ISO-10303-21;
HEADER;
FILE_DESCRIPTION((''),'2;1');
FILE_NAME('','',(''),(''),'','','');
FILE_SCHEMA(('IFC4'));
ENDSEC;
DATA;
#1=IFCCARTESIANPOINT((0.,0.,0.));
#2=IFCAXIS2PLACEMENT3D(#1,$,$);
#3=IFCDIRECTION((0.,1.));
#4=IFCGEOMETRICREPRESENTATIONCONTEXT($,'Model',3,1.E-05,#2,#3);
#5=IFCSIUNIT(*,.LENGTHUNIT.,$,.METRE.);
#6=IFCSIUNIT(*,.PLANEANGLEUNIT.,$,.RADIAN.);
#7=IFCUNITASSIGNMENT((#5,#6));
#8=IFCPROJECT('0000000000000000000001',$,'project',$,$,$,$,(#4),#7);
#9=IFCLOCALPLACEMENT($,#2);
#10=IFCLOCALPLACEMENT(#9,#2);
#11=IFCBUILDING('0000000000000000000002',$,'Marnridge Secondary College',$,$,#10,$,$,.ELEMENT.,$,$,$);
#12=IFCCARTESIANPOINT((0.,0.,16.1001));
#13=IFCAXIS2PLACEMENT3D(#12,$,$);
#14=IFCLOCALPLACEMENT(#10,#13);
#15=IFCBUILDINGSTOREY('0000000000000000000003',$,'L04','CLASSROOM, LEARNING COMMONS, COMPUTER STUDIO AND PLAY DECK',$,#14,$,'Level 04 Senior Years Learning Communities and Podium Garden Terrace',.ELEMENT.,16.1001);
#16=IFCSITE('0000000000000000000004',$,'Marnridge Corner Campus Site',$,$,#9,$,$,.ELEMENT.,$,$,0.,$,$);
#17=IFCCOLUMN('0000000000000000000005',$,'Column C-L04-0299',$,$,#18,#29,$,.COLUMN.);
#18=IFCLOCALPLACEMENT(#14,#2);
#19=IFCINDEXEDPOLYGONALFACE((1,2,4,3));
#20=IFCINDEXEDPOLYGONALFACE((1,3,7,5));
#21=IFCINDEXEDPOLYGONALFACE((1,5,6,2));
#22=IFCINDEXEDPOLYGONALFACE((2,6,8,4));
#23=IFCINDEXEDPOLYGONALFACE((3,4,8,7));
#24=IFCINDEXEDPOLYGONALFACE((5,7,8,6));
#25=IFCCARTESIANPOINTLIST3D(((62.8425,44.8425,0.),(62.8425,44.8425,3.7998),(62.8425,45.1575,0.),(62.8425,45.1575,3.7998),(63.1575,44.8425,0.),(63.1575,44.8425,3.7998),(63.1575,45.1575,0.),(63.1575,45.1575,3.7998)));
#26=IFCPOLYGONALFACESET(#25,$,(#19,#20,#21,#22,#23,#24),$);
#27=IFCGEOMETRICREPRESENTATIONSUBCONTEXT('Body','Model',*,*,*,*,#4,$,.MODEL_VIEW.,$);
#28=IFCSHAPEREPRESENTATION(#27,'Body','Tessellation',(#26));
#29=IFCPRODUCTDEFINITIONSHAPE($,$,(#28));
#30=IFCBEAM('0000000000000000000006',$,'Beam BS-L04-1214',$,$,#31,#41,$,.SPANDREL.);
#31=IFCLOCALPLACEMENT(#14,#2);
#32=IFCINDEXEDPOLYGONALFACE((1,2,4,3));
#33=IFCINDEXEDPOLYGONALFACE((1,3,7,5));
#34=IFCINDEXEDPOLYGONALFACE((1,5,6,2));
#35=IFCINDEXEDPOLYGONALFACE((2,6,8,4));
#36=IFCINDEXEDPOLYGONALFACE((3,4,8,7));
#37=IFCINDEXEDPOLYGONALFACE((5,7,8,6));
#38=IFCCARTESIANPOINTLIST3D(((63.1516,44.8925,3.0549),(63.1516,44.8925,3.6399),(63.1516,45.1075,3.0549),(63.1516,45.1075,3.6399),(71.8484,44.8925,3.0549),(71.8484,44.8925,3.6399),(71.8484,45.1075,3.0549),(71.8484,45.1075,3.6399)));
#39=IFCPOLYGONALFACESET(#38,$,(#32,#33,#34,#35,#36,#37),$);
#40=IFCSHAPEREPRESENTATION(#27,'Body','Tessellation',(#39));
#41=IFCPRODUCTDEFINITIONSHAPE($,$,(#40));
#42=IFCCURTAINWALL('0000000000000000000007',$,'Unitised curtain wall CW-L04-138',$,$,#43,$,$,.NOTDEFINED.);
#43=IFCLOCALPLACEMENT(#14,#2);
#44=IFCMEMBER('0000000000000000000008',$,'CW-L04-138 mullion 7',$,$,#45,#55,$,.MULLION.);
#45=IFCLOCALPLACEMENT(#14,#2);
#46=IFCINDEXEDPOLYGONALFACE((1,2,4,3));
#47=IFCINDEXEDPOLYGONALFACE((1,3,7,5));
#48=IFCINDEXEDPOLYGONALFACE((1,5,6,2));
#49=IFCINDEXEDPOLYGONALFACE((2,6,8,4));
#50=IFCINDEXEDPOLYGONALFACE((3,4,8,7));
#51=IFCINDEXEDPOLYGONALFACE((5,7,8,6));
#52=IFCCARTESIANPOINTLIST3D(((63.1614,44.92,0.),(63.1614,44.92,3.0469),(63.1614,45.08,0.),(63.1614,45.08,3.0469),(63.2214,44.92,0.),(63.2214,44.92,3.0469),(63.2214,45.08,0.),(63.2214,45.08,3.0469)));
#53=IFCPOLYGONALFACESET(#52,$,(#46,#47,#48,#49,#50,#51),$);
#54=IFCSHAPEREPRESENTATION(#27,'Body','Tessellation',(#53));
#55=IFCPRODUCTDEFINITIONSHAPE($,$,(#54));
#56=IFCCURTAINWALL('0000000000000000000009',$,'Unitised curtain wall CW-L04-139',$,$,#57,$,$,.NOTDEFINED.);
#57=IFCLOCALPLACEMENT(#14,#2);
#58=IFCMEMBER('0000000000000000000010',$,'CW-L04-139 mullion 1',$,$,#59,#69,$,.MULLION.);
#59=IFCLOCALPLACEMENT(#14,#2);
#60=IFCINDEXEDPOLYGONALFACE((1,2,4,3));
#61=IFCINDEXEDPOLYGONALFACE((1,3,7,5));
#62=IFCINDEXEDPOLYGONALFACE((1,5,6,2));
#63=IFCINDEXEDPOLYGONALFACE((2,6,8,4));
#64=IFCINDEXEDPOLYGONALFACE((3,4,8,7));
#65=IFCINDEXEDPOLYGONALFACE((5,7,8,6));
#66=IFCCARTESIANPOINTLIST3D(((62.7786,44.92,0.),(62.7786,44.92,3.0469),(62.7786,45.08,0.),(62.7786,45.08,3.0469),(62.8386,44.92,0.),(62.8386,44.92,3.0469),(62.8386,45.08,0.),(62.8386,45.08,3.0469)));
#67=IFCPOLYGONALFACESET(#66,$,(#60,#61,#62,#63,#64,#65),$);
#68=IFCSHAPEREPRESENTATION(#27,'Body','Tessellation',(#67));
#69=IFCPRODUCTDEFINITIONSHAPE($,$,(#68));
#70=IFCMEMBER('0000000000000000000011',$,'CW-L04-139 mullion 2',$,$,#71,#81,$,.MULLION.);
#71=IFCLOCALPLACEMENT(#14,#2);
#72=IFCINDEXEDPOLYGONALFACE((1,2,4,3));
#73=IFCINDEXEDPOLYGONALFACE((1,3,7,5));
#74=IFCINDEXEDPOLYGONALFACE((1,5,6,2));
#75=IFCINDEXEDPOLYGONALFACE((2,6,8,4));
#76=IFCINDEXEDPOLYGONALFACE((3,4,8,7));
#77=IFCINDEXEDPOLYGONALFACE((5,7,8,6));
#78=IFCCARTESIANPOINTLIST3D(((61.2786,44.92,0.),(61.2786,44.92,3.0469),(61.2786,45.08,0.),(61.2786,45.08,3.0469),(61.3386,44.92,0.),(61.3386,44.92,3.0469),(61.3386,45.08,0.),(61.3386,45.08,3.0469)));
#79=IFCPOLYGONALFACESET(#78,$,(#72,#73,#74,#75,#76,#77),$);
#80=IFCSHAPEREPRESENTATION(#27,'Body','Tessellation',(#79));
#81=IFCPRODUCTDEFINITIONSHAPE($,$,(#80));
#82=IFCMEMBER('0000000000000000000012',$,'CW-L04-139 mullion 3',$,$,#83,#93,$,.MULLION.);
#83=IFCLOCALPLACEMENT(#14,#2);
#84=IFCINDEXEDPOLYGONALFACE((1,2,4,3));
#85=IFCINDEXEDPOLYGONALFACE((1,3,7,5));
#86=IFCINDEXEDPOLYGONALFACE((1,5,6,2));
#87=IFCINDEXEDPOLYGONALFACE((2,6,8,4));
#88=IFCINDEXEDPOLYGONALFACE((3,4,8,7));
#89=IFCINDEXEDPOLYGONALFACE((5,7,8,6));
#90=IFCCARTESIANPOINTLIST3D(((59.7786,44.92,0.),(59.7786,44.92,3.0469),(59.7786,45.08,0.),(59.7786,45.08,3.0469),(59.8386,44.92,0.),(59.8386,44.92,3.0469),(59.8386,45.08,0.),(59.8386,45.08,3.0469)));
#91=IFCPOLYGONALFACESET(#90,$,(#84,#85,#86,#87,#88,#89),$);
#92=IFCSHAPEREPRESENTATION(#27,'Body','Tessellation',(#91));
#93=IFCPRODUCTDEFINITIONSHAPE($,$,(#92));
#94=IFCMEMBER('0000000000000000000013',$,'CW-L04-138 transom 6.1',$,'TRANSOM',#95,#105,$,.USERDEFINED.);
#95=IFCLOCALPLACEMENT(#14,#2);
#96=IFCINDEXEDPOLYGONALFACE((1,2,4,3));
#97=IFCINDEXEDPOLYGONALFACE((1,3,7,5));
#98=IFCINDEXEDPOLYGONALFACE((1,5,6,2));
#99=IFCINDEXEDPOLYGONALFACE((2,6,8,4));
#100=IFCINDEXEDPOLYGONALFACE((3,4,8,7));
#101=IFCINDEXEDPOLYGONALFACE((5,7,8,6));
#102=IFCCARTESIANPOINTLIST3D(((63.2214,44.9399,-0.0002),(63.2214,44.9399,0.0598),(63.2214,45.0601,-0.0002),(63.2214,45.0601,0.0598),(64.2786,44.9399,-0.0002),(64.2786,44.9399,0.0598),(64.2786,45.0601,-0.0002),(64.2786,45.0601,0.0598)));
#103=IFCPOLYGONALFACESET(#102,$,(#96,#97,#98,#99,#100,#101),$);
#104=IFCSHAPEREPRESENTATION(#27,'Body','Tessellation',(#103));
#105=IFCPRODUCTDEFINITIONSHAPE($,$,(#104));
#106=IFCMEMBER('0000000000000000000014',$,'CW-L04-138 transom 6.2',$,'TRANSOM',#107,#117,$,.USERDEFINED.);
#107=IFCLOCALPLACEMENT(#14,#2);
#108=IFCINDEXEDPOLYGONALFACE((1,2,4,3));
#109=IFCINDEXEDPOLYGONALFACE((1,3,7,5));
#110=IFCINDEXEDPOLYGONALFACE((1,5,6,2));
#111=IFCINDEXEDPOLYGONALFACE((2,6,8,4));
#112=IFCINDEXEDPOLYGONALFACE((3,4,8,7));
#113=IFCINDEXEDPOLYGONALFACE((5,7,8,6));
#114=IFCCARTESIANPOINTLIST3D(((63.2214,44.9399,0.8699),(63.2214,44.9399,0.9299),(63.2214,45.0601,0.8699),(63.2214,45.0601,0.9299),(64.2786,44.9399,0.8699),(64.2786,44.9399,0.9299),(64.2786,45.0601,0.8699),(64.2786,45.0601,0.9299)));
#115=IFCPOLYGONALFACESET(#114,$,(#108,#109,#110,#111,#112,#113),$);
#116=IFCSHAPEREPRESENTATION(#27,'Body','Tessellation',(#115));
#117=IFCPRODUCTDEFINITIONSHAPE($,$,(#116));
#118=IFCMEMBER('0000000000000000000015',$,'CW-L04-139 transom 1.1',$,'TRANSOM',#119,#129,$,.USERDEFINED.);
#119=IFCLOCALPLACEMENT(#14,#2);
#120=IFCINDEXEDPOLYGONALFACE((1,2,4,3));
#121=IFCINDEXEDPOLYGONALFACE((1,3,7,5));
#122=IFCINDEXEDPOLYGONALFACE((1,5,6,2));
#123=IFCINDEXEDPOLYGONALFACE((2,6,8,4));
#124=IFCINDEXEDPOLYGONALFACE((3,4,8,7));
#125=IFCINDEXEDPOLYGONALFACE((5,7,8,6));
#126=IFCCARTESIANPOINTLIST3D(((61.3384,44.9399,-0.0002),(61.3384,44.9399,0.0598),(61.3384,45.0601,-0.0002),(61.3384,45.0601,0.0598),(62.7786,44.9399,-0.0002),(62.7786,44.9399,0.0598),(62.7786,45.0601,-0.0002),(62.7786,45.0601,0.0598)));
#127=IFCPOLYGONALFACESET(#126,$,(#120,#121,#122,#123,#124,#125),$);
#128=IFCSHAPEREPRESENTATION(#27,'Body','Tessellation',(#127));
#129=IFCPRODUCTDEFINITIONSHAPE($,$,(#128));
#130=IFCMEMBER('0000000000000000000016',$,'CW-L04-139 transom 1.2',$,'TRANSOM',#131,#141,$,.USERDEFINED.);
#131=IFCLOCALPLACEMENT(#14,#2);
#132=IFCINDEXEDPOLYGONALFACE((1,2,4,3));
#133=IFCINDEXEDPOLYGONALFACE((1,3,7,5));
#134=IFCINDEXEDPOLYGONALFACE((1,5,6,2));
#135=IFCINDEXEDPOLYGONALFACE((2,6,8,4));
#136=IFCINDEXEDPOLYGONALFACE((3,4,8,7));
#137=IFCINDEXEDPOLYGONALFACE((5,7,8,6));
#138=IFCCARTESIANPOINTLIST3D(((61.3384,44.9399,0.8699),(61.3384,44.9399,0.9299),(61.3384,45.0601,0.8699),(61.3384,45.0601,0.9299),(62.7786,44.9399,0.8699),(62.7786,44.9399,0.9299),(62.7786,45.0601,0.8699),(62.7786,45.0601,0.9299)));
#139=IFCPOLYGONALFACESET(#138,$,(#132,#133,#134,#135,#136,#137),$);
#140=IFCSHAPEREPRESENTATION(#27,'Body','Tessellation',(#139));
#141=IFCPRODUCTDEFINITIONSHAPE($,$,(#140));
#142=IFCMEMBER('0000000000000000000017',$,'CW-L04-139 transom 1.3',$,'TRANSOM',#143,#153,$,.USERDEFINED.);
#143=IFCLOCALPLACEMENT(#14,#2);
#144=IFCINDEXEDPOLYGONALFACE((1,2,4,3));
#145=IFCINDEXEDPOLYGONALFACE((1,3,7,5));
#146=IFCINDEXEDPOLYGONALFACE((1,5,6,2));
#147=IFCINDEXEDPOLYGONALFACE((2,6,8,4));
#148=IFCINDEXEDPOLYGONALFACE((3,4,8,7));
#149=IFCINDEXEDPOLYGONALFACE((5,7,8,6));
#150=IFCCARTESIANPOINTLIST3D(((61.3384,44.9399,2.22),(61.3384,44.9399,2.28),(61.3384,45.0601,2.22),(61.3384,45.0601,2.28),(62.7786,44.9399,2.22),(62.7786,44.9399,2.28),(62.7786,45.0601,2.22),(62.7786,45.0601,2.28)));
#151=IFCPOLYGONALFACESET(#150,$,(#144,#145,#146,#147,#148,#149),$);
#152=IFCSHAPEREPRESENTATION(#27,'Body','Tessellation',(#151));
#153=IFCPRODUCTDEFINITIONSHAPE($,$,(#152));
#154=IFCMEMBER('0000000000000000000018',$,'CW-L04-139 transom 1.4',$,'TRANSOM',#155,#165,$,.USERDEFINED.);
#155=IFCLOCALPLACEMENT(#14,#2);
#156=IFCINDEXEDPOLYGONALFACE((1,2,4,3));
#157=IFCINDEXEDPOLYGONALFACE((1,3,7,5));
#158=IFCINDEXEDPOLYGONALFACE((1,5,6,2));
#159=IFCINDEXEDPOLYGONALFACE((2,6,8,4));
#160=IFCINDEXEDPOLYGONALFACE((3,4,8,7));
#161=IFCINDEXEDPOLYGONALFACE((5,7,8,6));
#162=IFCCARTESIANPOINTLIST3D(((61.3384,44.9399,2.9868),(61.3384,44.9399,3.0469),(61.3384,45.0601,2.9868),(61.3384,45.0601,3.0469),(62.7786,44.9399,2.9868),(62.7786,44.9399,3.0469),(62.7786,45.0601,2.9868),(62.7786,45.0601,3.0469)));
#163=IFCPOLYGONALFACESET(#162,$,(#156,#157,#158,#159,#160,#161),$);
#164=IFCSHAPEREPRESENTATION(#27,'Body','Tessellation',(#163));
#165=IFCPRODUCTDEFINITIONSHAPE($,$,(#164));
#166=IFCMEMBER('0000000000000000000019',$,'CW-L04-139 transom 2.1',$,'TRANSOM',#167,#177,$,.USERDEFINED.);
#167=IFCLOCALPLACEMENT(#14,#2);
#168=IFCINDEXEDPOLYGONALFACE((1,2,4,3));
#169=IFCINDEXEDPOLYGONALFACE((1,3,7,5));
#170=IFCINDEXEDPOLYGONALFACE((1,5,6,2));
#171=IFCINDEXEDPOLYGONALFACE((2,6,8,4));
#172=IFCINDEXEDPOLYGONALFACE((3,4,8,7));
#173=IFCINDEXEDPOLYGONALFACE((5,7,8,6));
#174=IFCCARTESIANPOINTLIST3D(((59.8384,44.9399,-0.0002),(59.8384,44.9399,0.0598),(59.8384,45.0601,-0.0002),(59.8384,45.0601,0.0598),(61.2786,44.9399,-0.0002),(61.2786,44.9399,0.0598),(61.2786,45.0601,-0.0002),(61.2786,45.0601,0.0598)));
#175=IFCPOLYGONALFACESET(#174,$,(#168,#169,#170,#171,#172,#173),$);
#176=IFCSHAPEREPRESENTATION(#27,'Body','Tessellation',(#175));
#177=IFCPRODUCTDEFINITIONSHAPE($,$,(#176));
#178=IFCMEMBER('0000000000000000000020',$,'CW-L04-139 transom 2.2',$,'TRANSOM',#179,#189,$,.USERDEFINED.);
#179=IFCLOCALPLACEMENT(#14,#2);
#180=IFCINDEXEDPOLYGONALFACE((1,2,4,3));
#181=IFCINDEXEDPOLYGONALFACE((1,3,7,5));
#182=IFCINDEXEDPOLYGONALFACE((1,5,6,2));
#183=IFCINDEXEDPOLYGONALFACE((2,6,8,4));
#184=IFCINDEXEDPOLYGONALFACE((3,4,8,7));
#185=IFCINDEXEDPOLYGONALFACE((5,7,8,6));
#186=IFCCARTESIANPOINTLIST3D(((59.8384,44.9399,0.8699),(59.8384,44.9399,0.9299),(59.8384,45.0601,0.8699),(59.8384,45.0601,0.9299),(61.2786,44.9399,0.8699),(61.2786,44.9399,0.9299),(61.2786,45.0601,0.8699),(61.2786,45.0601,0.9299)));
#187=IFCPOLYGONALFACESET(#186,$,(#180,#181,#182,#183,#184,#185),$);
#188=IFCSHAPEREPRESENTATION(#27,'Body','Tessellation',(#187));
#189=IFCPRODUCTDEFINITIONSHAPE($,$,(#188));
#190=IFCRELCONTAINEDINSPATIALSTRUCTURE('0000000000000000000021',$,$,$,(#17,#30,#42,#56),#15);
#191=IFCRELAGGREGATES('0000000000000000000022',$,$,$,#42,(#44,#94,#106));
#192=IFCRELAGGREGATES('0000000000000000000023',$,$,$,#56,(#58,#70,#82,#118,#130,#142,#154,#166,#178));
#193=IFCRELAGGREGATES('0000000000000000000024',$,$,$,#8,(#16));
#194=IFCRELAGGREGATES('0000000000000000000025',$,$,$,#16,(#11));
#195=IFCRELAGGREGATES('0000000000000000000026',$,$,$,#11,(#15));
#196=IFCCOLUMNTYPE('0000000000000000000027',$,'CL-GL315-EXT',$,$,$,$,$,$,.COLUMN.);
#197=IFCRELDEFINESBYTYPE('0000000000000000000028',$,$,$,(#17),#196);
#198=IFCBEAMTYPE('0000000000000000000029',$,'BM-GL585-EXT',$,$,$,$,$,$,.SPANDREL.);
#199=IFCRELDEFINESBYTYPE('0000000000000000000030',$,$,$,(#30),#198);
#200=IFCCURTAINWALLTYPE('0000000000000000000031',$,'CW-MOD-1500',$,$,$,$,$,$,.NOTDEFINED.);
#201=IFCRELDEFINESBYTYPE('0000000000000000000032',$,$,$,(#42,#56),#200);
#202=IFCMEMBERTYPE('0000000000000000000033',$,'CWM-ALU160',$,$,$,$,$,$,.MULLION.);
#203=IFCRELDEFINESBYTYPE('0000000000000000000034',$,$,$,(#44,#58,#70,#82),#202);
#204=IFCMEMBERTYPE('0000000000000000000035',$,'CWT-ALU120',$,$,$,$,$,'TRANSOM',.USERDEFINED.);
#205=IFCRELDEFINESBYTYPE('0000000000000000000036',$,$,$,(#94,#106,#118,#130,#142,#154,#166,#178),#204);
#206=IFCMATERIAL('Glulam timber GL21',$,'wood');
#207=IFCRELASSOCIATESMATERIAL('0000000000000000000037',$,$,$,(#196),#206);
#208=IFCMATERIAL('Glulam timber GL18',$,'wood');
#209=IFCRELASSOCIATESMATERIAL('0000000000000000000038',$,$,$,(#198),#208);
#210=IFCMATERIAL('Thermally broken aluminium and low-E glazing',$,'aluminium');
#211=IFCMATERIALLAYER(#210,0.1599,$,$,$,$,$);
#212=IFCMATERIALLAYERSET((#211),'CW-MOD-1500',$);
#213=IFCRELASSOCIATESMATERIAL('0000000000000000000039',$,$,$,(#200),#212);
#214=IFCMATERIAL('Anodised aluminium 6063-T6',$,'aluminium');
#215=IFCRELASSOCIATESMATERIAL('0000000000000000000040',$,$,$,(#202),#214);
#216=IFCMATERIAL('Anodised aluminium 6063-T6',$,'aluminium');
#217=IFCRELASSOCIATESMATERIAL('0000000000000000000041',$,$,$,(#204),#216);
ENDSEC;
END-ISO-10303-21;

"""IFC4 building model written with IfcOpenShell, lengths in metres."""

from ifc_helpers import new_model, si_unit, direction, frame, origin, origin_2d, place, context, subcontext, project, spatial, rectangle, extrude, material, layer, layer_set, material_profile, profile_set, type_object, element, aggregate, save


model = new_model("IFC4")

# Units and contexts
model_context = context("Model", 3, precision=1e-05, world=origin(), true_north=direction((0.0, 1.0)))
body_context = subcontext(model_context, "Body", "Model", "MODEL_VIEW")
ifc_project = project(units=[si_unit("LENGTHUNIT", "METRE"), si_unit("PLANEANGLEUNIT", "RADIAN")], contexts=[model_context])

# Site, building, storey
site_placement = place(None, origin())
site = spatial("IfcSite", under=ifc_project, at=site_placement, Name="Marnridge Corner Campus Site", CompositionType="ELEMENT", RefElevation=0.0)
building_placement = place(site_placement, origin())
building = spatial("IfcBuilding", under=site, at=building_placement, Name="Marnridge Secondary College", CompositionType="ELEMENT")
storey_placement = place(building_placement, frame((0.0, 0.0, 16.1001)))
storey = spatial("IfcBuildingStorey", under=building, at=storey_placement, Name="L04", Description="CLASSROOM, LEARNING COMMONS, COMPUTER STUDIO AND PLAY DECK", LongName="Level 04 Senior Years Learning Communities and Podium Garden Terrace", CompositionType="ELEMENT", Elevation=16.1001)

# Column
ifc_material_1 = material(Name="Glulam timber GL21", Category="wood")
ifc_material_profile_1 = material_profile(ifc_material_1, rectangle(XDim=0.3149, YDim=0.3149, at=origin_2d()), Name="GL21 315x315")
ifc_profile_set_1 = profile_set([ifc_material_profile_1], Name="Glulam timber GL21")
column_type = type_object("IfcColumnType", Name="CL-GL315-EXT", PredefinedType="COLUMN", material=ifc_profile_set_1)
column_placement = place(storey_placement, frame((63.0, 45.0, 0.0), z_axis=(0.0, 0.0, 1.0), x_axis=(1.0, 0.0, 0.0)))
element("IfcColumn", 1, at=column_placement, inside=storey, type_object=column_type, Name="Column C-L04-0299", PredefinedType="COLUMN", context=body_context, shape_type="SweptSolid", body=[
    extrude(rectangle(XDim=0.3149, YDim=0.3149, at=origin_2d()), origin(), (0.0, 0.0, 1.0), 3.7998),
])

# Beam
ifc_material_2 = material(Name="Glulam timber GL18", Category="wood")
ifc_material_profile_2 = material_profile(ifc_material_2, rectangle(XDim=0.2151, YDim=0.585, at=origin_2d()), Name="GL18 215x585")
ifc_profile_set_2 = profile_set([ifc_material_profile_2], Name="Glulam timber GL18")
beam_type = type_object("IfcBeamType", Name="BM-GL585-EXT", PredefinedType="SPANDREL", material=ifc_profile_set_2)
beam_placement = place(storey_placement, frame((63.1516, 45.0, 3.3474), z_axis=(1.0, 0.0, 0.0), x_axis=(0.0, 1.0, 0.0)))
element("IfcBeam", 2, at=beam_placement, inside=storey, type_object=beam_type, Name="Beam BS-L04-1214", PredefinedType="SPANDREL", context=body_context, shape_type="SweptSolid", body=[
    extrude(rectangle(XDim=0.2151, YDim=0.585, at=origin_2d()), origin(), (0.0, 0.0, 1.0), 8.6968),
])

# Curtain wall, member
ifc_material_3 = material(Name="Thermally broken aluminium and low-E glazing", Category="aluminium")
ifc_layer_1 = layer(ifc_material_3, 0.1599)
ifc_layer_set_1 = layer_set([ifc_layer_1], Name="CW-MOD-1500")
curtain_wall_type = type_object("IfcCurtainWallType", Name="CW-MOD-1500", PredefinedType="NOTDEFINED", material=ifc_layer_set_1)
curtain_wall_1_placement = place(storey_placement, origin())
curtain_wall_1 = element("IfcCurtainWall", 3, at=curtain_wall_1_placement, inside=storey, type_object=curtain_wall_type, Name="Unitised curtain wall CW-L04-138", PredefinedType="NOTDEFINED")
ifc_material_4 = material(Name="Anodised aluminium 6063-T6", Category="aluminium")
ifc_material_profile_3 = material_profile(ifc_material_4, rectangle(XDim=0.0601, YDim=0.1599, at=origin_2d()), Name="ALU 60x160")
ifc_profile_set_3 = profile_set([ifc_material_profile_3], Name="Anodised aluminium 6063-T6")
member_type_1 = type_object("IfcMemberType", Name="CWM-ALU160", PredefinedType="MULLION", material=ifc_profile_set_3)
member_1_placement = place(storey_placement, frame((63.1914, 45.0, 0.0), z_axis=(0.0, 0.0, 1.0), x_axis=(-1.0, 0.0, 0.0)))
member_1 = element("IfcMember", 4, at=member_1_placement, type_object=member_type_1, Name="CW-L04-138 mullion 7", PredefinedType="MULLION", context=body_context, shape_type="SweptSolid", body=[
    extrude(rectangle(XDim=0.0601, YDim=0.1599, at=origin_2d()), origin(), (0.0, 0.0, 1.0), 3.0469),
])

# Curtain wall, members
curtain_wall_2_placement = place(storey_placement, origin())
curtain_wall_2 = element("IfcCurtainWall", 5, at=curtain_wall_2_placement, inside=storey, type_object=curtain_wall_type, Name="Unitised curtain wall CW-L04-139", PredefinedType="NOTDEFINED")
member_2_placement = place(storey_placement, frame((62.8086, 45.0, 0.0), z_axis=(0.0, 0.0, 1.0), x_axis=(-1.0, 0.0, 0.0)))
member_2 = element("IfcMember", 6, at=member_2_placement, type_object=member_type_1, Name="CW-L04-139 mullion 1", PredefinedType="MULLION", context=body_context, shape_type="SweptSolid", body=[
    extrude(rectangle(XDim=0.0601, YDim=0.1599, at=origin_2d()), origin(), (0.0, 0.0, 1.0), 3.0469),
])
member_3_placement = place(storey_placement, frame((61.3086, 45.0, 0.0), z_axis=(0.0, 0.0, 1.0), x_axis=(-1.0, 0.0, 0.0)))
member_3 = element("IfcMember", 7, at=member_3_placement, type_object=member_type_1, Name="CW-L04-139 mullion 2", PredefinedType="MULLION", context=body_context, shape_type="SweptSolid", body=[
    extrude(rectangle(XDim=0.0601, YDim=0.1599, at=origin_2d()), origin(), (0.0, 0.0, 1.0), 3.0469),
])
member_4_placement = place(storey_placement, frame((59.8086, 45.0, 0.0), z_axis=(0.0, 0.0, 1.0), x_axis=(-1.0, 0.0, 0.0)))
member_4 = element("IfcMember", 8, at=member_4_placement, type_object=member_type_1, Name="CW-L04-139 mullion 3", PredefinedType="MULLION", context=body_context, shape_type="SweptSolid", body=[
    extrude(rectangle(XDim=0.0601, YDim=0.1599, at=origin_2d()), origin(), (0.0, 0.0, 1.0), 3.0469),
])

# Members
ifc_material_5 = material(Name="Anodised aluminium 6063-T6", Category="aluminium")
ifc_material_profile_4 = material_profile(ifc_material_5, rectangle(XDim=0.0601, YDim=0.1201, at=origin_2d()), Name="ALU 60x120")
ifc_profile_set_4 = profile_set([ifc_material_profile_4], Name="Anodised aluminium 6063-T6")
member_type_2 = type_object("IfcMemberType", Name="CWT-ALU120", ElementType="TRANSOM", PredefinedType="USERDEFINED", material=ifc_profile_set_4)
member_5_placement = place(storey_placement, frame((64.2786, 45.0, 0.0298), z_axis=(-1.0, 0.0, 0.0), x_axis=(0.0, 0.0, 1.0)))
member_5 = element("IfcMember", 9, at=member_5_placement, type_object=member_type_2, Name="CW-L04-138 transom 6.1", ObjectType="TRANSOM", PredefinedType="USERDEFINED", context=body_context, shape_type="SweptSolid", body=[
    extrude(rectangle(XDim=0.0601, YDim=0.1201, at=origin_2d()), origin(), (0.0, 0.0, 1.0), 1.0571),
])
member_6_placement = place(storey_placement, frame((64.2786, 45.0, 0.8999), z_axis=(-1.0, 0.0, 0.0), x_axis=(0.0, 0.0, 1.0)))
member_6 = element("IfcMember", 10, at=member_6_placement, type_object=member_type_2, Name="CW-L04-138 transom 6.2", ObjectType="TRANSOM", PredefinedType="USERDEFINED", context=body_context, shape_type="SweptSolid", body=[
    extrude(rectangle(XDim=0.0601, YDim=0.1201, at=origin_2d()), origin(), (0.0, 0.0, 1.0), 1.0571),
])
member_7_placement = place(storey_placement, frame((62.7786, 45.0, 0.0298), z_axis=(-1.0, 0.0, 0.0), x_axis=(0.0, 0.0, 1.0)))
member_7 = element("IfcMember", 11, at=member_7_placement, type_object=member_type_2, Name="CW-L04-139 transom 1.1", ObjectType="TRANSOM", PredefinedType="USERDEFINED", context=body_context, shape_type="SweptSolid", body=[
    extrude(rectangle(XDim=0.0601, YDim=0.1201, at=origin_2d()), origin(), (0.0, 0.0, 1.0), 1.4402),
])
member_8_placement = place(storey_placement, frame((62.7786, 45.0, 0.8999), z_axis=(-1.0, 0.0, 0.0), x_axis=(0.0, 0.0, 1.0)))
member_8 = element("IfcMember", 12, at=member_8_placement, type_object=member_type_2, Name="CW-L04-139 transom 1.2", ObjectType="TRANSOM", PredefinedType="USERDEFINED", context=body_context, shape_type="SweptSolid", body=[
    extrude(rectangle(XDim=0.0601, YDim=0.1201, at=origin_2d()), origin(), (0.0, 0.0, 1.0), 1.4402),
])
member_9_placement = place(storey_placement, frame((62.7786, 45.0, 2.25), z_axis=(-1.0, 0.0, 0.0), x_axis=(0.0, 0.0, 1.0)))
member_9 = element("IfcMember", 13, at=member_9_placement, type_object=member_type_2, Name="CW-L04-139 transom 1.3", ObjectType="TRANSOM", PredefinedType="USERDEFINED", context=body_context, shape_type="SweptSolid", body=[
    extrude(rectangle(XDim=0.0601, YDim=0.1201, at=origin_2d()), origin(), (0.0, 0.0, 1.0), 1.4402),
])
member_10_placement = place(storey_placement, frame((62.7786, 45.0, 3.0168), z_axis=(-1.0, 0.0, 0.0), x_axis=(0.0, 0.0, 1.0)))
member_10 = element("IfcMember", 14, at=member_10_placement, type_object=member_type_2, Name="CW-L04-139 transom 1.4", ObjectType="TRANSOM", PredefinedType="USERDEFINED", context=body_context, shape_type="SweptSolid", body=[
    extrude(rectangle(XDim=0.0601, YDim=0.1201, at=origin_2d()), origin(), (0.0, 0.0, 1.0), 1.4402),
])
member_11_placement = place(storey_placement, frame((61.2786, 45.0, 0.0298), z_axis=(-1.0, 0.0, 0.0), x_axis=(0.0, 0.0, 1.0)))
member_11 = element("IfcMember", 15, at=member_11_placement, type_object=member_type_2, Name="CW-L04-139 transom 2.1", ObjectType="TRANSOM", PredefinedType="USERDEFINED", context=body_context, shape_type="SweptSolid", body=[
    extrude(rectangle(XDim=0.0601, YDim=0.1201, at=origin_2d()), origin(), (0.0, 0.0, 1.0), 1.4402),
])
member_12_placement = place(storey_placement, frame((61.2786, 45.0, 0.8999), z_axis=(-1.0, 0.0, 0.0), x_axis=(0.0, 0.0, 1.0)))
member_12 = element("IfcMember", 16, at=member_12_placement, type_object=member_type_2, Name="CW-L04-139 transom 2.2", ObjectType="TRANSOM", PredefinedType="USERDEFINED", context=body_context, shape_type="SweptSolid", body=[
    extrude(rectangle(XDim=0.0601, YDim=0.1201, at=origin_2d()), origin(), (0.0, 0.0, 1.0), 1.4402),
])

aggregate(curtain_wall_1, [member_1, member_5, member_6])
aggregate(curtain_wall_2, [member_2, member_3, member_4, member_7, member_8, member_9, member_10, member_11, member_12])

save(model, "model.ifc")
